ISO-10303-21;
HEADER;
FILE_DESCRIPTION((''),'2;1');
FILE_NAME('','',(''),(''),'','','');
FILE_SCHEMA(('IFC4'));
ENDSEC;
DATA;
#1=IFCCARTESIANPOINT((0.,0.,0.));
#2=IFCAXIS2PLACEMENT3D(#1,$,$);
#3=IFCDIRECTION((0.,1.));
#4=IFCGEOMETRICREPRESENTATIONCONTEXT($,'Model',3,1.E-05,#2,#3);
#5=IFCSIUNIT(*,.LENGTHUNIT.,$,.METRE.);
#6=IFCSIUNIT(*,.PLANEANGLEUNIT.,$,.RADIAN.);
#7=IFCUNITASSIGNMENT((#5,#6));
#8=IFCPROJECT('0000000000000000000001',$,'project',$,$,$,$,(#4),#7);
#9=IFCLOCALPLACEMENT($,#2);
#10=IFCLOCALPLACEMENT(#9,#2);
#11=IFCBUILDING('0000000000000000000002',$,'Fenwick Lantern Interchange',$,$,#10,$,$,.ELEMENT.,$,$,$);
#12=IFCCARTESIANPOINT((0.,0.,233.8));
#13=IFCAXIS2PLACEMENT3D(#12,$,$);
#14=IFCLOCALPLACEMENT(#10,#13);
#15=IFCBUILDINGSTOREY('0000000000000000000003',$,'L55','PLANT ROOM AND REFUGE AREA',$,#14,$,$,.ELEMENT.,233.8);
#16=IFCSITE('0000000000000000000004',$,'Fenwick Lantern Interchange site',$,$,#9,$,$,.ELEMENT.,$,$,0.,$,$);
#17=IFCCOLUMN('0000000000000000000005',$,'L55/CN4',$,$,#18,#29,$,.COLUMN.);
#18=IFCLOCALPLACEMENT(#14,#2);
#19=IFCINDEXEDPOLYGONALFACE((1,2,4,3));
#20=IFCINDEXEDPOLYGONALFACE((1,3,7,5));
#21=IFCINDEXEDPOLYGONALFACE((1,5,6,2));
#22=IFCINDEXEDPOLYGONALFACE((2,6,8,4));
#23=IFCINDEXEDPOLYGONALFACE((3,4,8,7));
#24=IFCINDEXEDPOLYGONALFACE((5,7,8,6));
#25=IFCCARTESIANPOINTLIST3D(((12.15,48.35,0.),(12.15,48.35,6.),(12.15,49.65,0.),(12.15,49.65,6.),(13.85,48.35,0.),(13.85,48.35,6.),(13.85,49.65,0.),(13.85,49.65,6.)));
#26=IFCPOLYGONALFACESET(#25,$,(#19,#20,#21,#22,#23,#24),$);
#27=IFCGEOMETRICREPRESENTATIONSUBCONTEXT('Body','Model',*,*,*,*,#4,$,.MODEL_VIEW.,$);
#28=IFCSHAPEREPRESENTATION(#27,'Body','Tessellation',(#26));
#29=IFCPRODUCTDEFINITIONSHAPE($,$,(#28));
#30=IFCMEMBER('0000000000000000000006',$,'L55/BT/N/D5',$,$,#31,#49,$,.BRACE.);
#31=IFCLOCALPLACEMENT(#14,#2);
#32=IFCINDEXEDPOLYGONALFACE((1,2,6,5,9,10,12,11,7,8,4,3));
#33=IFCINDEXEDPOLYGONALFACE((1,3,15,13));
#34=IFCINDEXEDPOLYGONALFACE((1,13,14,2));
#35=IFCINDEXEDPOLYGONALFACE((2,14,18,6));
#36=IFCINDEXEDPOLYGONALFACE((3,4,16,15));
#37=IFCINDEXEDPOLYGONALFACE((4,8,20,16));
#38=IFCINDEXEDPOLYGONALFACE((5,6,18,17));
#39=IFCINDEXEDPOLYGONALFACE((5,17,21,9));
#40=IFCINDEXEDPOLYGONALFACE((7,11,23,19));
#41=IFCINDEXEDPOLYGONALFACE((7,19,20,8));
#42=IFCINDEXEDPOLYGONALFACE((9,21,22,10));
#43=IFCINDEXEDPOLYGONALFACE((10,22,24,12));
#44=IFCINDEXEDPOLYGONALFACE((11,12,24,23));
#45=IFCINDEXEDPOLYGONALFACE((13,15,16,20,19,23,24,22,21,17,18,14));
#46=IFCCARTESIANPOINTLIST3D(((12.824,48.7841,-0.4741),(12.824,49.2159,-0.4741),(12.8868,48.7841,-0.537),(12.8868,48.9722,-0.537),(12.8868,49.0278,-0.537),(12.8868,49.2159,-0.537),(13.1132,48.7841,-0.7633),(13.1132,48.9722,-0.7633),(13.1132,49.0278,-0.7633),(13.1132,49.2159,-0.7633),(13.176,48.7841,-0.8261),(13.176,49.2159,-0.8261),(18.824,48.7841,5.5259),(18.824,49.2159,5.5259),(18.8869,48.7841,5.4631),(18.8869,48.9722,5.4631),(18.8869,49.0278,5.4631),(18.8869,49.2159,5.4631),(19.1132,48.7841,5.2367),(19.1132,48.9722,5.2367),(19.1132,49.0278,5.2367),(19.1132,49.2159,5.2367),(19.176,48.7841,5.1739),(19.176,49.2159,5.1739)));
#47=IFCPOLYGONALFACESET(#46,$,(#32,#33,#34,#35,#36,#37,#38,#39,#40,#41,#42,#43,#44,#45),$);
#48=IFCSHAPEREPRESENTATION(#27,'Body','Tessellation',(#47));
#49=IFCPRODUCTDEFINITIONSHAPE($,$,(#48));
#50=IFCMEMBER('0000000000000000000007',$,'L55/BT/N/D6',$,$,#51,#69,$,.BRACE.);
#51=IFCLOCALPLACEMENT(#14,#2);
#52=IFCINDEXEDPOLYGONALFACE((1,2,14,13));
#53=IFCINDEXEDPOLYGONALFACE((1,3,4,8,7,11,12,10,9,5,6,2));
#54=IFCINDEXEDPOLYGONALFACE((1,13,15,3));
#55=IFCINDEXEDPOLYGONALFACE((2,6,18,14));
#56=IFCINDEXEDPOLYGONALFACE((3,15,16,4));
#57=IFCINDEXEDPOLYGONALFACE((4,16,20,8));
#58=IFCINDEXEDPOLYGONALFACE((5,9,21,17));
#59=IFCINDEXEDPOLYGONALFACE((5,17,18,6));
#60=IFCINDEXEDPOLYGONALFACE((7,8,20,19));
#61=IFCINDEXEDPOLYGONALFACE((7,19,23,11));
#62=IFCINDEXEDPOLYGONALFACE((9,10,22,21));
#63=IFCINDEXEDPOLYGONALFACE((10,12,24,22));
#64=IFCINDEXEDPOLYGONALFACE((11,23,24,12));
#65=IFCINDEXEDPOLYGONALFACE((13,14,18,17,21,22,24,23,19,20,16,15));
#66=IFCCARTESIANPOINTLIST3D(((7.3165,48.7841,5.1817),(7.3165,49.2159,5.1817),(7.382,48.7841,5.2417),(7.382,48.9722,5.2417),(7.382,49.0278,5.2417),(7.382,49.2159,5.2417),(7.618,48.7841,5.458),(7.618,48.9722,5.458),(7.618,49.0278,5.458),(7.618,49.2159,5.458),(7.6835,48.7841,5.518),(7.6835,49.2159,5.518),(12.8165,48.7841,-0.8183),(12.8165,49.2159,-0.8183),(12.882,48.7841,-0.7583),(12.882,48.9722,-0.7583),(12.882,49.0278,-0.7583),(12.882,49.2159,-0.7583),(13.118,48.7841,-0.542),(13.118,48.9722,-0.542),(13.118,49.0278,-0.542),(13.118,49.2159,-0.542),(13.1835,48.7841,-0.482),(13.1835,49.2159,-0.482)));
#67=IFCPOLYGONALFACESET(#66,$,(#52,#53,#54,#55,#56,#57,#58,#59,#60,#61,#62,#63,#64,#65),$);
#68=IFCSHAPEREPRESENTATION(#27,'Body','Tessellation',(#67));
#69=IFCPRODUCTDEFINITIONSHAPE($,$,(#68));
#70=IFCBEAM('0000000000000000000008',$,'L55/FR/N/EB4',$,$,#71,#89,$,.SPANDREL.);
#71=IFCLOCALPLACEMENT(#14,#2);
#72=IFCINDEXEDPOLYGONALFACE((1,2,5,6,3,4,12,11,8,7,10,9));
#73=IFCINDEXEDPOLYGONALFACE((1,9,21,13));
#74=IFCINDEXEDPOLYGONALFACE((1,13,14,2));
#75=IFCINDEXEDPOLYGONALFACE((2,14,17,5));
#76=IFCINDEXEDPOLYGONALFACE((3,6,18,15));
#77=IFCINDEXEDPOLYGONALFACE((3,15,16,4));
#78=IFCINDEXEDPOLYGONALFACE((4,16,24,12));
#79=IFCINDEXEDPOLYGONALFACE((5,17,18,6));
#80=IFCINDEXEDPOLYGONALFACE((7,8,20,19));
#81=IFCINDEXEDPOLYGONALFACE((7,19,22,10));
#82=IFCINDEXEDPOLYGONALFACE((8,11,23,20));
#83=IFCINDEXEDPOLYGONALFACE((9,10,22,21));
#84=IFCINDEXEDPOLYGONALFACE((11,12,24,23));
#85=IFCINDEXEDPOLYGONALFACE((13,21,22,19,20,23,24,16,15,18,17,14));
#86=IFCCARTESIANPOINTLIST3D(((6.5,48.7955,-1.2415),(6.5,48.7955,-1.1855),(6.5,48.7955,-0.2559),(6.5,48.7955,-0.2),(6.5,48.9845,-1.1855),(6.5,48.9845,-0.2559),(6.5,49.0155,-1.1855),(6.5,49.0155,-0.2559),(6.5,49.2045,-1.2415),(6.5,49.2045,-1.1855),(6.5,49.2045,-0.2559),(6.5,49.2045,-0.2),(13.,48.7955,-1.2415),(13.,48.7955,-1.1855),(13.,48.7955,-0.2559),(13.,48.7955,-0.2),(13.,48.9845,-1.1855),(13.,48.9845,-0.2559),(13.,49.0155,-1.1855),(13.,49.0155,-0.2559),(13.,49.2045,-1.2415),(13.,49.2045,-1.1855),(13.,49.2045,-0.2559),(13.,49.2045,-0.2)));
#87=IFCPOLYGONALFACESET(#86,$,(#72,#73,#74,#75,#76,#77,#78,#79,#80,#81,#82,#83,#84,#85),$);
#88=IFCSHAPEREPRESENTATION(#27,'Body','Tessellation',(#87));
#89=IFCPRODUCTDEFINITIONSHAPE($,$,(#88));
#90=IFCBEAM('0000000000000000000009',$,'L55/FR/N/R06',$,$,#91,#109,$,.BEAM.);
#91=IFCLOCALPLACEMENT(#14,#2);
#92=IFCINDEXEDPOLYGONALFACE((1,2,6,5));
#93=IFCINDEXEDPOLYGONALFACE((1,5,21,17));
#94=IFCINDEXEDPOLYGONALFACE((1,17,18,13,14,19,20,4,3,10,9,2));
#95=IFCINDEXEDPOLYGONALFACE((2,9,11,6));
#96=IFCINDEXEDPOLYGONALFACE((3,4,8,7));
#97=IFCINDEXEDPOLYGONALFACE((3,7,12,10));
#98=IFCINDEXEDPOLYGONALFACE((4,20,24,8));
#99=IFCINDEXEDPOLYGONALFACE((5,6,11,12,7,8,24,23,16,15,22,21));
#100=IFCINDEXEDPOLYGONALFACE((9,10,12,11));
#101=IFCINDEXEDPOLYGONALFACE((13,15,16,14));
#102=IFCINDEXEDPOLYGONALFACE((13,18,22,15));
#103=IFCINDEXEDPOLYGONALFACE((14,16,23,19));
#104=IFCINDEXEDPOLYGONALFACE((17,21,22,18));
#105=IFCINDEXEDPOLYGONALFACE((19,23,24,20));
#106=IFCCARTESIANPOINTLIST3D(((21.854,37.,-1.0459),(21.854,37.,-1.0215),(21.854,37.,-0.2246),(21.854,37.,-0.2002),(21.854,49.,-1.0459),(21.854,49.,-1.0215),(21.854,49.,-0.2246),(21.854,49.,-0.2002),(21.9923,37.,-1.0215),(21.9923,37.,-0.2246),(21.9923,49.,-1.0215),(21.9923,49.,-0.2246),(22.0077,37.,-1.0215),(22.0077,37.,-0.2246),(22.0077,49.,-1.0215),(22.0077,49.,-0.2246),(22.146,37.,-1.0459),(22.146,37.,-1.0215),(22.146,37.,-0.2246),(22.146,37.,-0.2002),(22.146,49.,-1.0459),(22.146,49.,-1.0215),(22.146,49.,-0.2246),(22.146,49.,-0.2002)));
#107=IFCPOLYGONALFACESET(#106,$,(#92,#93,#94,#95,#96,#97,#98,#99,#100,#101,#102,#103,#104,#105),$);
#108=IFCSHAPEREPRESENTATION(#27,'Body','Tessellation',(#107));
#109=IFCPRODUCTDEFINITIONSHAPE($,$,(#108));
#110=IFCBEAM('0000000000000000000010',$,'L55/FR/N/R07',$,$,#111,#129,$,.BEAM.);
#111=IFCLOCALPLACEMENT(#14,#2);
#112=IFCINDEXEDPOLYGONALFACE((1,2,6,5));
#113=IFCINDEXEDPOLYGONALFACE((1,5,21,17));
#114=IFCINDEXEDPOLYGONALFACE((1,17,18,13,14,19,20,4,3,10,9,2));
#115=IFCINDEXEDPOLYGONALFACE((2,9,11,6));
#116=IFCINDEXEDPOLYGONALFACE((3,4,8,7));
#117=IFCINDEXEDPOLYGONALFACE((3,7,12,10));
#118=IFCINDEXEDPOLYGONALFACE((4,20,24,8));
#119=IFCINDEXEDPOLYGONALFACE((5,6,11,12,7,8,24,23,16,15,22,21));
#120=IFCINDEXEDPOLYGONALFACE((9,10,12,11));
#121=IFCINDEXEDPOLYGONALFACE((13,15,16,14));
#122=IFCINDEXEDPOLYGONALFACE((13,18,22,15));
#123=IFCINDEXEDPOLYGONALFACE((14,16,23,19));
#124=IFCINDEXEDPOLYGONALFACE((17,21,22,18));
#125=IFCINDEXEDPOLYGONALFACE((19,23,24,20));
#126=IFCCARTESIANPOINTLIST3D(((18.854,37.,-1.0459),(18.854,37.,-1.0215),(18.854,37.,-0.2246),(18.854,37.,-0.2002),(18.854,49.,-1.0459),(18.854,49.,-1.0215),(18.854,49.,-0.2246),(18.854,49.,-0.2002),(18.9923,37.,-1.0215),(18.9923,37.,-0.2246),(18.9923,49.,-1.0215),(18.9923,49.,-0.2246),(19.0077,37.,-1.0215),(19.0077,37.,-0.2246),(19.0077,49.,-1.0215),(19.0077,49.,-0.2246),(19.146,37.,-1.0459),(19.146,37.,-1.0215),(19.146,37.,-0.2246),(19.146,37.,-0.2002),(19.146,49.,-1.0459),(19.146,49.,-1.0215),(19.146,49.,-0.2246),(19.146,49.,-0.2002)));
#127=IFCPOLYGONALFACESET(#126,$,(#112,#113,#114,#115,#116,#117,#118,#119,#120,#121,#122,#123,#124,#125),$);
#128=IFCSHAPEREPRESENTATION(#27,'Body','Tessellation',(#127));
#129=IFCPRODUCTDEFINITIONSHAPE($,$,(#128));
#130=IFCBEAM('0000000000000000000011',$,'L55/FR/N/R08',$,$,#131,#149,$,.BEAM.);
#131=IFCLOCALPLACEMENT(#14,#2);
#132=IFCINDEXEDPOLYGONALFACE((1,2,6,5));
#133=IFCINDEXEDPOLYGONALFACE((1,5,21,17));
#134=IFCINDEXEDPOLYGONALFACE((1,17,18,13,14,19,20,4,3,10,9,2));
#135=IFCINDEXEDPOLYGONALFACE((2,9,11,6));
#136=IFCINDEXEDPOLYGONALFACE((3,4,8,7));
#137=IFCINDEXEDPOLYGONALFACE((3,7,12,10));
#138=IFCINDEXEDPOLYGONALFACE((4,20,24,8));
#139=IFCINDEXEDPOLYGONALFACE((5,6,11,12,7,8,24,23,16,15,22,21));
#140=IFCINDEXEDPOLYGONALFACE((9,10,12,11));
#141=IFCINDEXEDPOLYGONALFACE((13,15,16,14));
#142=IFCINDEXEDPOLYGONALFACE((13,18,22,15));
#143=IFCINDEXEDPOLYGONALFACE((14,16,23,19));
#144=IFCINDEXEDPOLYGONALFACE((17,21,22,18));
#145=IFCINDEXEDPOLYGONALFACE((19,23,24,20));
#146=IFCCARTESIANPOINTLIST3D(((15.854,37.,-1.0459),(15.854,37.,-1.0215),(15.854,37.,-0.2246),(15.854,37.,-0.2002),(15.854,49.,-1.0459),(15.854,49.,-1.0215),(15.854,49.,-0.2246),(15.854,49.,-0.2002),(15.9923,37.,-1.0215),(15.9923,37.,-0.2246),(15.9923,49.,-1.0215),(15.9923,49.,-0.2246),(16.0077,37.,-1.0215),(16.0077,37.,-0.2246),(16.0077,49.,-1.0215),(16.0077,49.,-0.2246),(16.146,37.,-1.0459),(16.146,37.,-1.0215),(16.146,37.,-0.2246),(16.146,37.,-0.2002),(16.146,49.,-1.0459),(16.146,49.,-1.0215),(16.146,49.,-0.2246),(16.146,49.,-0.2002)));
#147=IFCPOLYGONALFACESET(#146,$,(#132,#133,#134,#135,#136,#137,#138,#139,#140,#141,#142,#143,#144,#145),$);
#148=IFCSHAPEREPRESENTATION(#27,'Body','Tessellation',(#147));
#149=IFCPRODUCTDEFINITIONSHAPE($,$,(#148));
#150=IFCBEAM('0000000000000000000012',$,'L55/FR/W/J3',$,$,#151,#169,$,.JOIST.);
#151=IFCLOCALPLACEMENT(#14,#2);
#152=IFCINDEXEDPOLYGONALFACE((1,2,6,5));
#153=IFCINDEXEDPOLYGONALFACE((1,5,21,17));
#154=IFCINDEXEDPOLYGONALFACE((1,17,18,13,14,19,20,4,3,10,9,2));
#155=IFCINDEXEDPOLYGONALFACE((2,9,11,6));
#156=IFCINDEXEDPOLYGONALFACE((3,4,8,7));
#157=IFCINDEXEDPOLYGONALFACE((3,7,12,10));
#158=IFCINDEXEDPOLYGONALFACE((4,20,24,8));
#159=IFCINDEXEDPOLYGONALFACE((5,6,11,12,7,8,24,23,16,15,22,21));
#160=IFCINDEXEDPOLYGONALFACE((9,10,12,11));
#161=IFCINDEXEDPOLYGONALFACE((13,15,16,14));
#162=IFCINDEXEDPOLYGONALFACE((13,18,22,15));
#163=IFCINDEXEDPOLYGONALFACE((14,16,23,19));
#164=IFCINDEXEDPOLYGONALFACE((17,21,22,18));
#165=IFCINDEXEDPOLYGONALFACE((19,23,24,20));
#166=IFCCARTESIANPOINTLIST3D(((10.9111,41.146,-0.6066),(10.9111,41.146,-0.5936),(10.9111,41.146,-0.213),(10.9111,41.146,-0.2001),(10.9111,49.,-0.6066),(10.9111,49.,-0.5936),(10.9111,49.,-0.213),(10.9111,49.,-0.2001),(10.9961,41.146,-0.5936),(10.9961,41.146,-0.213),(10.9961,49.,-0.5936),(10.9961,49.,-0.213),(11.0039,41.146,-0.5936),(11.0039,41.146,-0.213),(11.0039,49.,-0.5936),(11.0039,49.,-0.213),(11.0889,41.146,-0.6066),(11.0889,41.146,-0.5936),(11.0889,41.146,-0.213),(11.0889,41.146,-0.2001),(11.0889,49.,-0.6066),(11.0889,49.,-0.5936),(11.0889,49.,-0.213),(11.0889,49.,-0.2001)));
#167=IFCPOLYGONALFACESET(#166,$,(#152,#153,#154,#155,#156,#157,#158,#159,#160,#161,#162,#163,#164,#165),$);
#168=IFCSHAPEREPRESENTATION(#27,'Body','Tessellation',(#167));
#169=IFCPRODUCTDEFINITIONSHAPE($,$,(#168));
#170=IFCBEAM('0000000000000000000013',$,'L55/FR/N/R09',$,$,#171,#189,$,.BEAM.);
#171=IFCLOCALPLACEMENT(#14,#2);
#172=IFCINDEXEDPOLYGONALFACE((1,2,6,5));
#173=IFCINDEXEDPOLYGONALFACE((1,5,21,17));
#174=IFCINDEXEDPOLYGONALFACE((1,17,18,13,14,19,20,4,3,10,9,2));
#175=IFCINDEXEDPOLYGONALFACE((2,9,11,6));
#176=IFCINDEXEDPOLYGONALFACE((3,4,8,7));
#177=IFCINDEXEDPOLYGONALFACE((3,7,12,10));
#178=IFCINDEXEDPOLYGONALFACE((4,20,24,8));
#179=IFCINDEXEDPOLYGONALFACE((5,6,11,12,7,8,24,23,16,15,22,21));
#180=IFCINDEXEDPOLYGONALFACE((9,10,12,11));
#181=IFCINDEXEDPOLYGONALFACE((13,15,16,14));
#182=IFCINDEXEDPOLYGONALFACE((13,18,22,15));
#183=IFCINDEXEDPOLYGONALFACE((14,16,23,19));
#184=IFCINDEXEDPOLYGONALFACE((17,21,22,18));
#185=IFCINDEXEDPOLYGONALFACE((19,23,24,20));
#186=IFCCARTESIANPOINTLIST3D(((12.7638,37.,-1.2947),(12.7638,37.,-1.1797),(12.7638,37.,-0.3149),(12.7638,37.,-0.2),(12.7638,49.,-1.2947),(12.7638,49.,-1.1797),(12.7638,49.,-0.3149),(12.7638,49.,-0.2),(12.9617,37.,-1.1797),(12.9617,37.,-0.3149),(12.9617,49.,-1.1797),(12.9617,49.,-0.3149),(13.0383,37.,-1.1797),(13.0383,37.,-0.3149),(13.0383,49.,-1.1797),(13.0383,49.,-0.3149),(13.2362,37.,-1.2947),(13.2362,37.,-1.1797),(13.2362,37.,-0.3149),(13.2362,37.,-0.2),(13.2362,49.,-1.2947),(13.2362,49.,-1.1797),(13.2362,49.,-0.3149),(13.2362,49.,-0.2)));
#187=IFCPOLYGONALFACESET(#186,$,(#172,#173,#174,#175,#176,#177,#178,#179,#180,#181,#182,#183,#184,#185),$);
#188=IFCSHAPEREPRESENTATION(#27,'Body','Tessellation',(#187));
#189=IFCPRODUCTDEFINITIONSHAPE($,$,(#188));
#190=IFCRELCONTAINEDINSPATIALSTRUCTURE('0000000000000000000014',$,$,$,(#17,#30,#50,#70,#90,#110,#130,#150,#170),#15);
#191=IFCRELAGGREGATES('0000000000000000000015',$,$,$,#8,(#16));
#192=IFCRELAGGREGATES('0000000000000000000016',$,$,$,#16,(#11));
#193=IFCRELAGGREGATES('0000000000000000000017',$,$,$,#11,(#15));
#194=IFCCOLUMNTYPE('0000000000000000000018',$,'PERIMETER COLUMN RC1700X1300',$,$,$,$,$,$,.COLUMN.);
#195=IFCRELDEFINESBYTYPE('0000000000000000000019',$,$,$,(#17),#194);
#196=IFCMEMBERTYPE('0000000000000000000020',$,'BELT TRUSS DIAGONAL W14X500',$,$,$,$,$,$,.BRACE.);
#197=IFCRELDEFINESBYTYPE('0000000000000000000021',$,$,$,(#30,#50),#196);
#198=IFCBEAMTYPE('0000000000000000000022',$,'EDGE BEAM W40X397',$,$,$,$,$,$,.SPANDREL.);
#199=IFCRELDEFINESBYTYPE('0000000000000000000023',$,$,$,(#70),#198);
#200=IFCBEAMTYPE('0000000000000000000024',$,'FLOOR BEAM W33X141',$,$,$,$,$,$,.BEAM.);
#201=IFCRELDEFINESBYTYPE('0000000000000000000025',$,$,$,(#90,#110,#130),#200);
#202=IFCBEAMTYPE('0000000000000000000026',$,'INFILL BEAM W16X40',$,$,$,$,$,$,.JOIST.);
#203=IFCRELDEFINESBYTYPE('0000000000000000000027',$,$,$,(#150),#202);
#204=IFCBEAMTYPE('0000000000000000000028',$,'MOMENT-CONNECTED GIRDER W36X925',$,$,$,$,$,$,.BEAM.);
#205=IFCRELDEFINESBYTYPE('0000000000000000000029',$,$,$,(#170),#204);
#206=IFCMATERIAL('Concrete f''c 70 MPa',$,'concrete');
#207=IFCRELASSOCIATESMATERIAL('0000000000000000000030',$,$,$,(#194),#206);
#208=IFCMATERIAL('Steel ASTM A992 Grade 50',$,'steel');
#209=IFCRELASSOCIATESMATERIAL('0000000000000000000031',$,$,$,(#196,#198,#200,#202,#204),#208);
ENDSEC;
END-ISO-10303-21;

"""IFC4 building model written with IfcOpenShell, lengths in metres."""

from ifc_helpers import new_model, si_unit, direction, frame, origin, origin_2d, place, context, subcontext, project, spatial, rectangle, i_section, extrude, material, material_profile, profile_set, type_object, element, save


model = new_model("IFC4")

# Units and contexts
model_context = context("Model", 3, precision=1e-05, world=origin(), true_north=direction((0.0, 1.0)))
body_context = subcontext(model_context, "Body", "Model", "MODEL_VIEW")
ifc_project = project(units=[si_unit("LENGTHUNIT", "METRE"), si_unit("PLANEANGLEUNIT", "RADIAN")], contexts=[model_context])

# Site, building, storey
site_placement = place(None, origin())
site = spatial("IfcSite", under=ifc_project, at=site_placement, Name="Fenwick Lantern Interchange site", CompositionType="ELEMENT", RefElevation=0.0)
building_placement = place(site_placement, origin())
building = spatial("IfcBuilding", under=site, at=building_placement, Name="Fenwick Lantern Interchange", CompositionType="ELEMENT")
storey_placement = place(building_placement, frame((0.0, 0.0, 233.8)))
storey = spatial("IfcBuildingStorey", under=building, at=storey_placement, Name="L55", Description="PLANT ROOM AND REFUGE AREA", CompositionType="ELEMENT", Elevation=233.8)

# Column
ifc_material_1 = material(Name="Concrete f'c 70 MPa", Category="concrete")
ifc_material_profile_1 = material_profile(ifc_material_1, rectangle(XDim=1.7, YDim=1.3, at=origin_2d()), Name="RC1700X1300")
ifc_profile_set_1 = profile_set([ifc_material_profile_1], Name="Concrete f'c 70 MPa")
column_type = type_object("IfcColumnType", Name="PERIMETER COLUMN RC1700X1300", PredefinedType="COLUMN", material=ifc_profile_set_1)
column_placement = place(storey_placement, frame((13.0, 49.0, 0.0), z_axis=(0.0, 0.0, 1.0), x_axis=(1.0, 0.0, 0.0)))
element("IfcColumn", 1, at=column_placement, inside=storey, type_object=column_type, Name="L55/CN4", PredefinedType="COLUMN", context=body_context, shape_type="SweptSolid", body=[
    extrude(rectangle(XDim=1.7, YDim=1.3, at=origin_2d()), origin(), (0.0, 0.0, 1.0), 6.0),
])

# Members
ifc_material_2 = material(Name="Steel ASTM A992 Grade 50", Category="steel")
ifc_material_profile_2 = material_profile(ifc_material_2, i_section(OverallWidth=0.4319, OverallDepth=0.4978, WebThickness=0.0557, FlangeThickness=0.0889, at=origin_2d()), Name="W14X500")
ifc_profile_set_2 = profile_set([ifc_material_profile_2], Name="Steel ASTM A992 Grade 50")
member_type_1 = type_object("IfcMemberType", Name="BELT TRUSS DIAGONAL W14X500", PredefinedType="BRACE", material=ifc_profile_set_2)
member_1_placement = place(storey_placement, frame((13.0, 49.0, -0.6501), z_axis=(0.707107, 0.0, 0.707107), x_axis=(0.0, 1.0, 0.0)))
element("IfcMember", 2, at=member_1_placement, inside=storey, type_object=member_type_1, Name="L55/BT/N/D5", PredefinedType="BRACE", context=body_context, shape_type="SweptSolid", body=[
    extrude(i_section(OverallWidth=0.4319, OverallDepth=0.4978, WebThickness=0.0557, FlangeThickness=0.0889, at=origin_2d()), origin(), (0.0, 0.0, 1.0), 8.4854),
])
member_2_placement = place(storey_placement, frame((13.0, 49.0, -0.6501), z_axis=(-0.675725, 0.0, 0.737154), x_axis=(0.0, -1.0, 0.0)))
element("IfcMember", 3, at=member_2_placement, inside=storey, type_object=member_type_1, Name="L55/BT/N/D6", PredefinedType="BRACE", context=body_context, shape_type="SweptSolid", body=[
    extrude(i_section(OverallWidth=0.4319, OverallDepth=0.4978, WebThickness=0.0557, FlangeThickness=0.0889, at=origin_2d()), origin(), (0.0, 0.0, 1.0), 8.1394),
])

# Beams
ifc_material_profile_3 = material_profile(ifc_material_2, i_section(OverallWidth=0.4089, OverallDepth=1.0415, WebThickness=0.031, FlangeThickness=0.0559, at=origin_2d()), Name="W40X397")
ifc_profile_set_3 = profile_set([ifc_material_profile_3], Name="Steel ASTM A992 Grade 50")
beam_type_1 = type_object("IfcBeamType", Name="EDGE BEAM W40X397", PredefinedType="SPANDREL", material=ifc_profile_set_3)
beam_1_placement = place(storey_placement, frame((13.0, 49.0, -0.7207), z_axis=(-1.0, 0.0, 0.0), x_axis=(0.0, -1.0, 0.0)))
element("IfcBeam", 4, at=beam_1_placement, inside=storey, type_object=beam_type_1, Name="L55/FR/N/EB4", PredefinedType="SPANDREL", context=body_context, shape_type="SweptSolid", body=[
    extrude(i_section(OverallWidth=0.4089, OverallDepth=1.0415, WebThickness=0.031, FlangeThickness=0.0559, at=origin_2d()), origin(), (0.0, 0.0, 1.0), 6.5),
])
ifc_material_profile_4 = material_profile(ifc_material_2, i_section(OverallWidth=0.292, OverallDepth=0.8457, WebThickness=0.0154, FlangeThickness=0.0244, at=origin_2d()), Name="W33X141")
ifc_profile_set_4 = profile_set([ifc_material_profile_4], Name="Steel ASTM A992 Grade 50")
beam_type_2 = type_object("IfcBeamType", Name="FLOOR BEAM W33X141", PredefinedType="BEAM", material=ifc_profile_set_4)
for number, where, z_axis, x_axis, name in (
    (5, (22.0, 49.0, -0.623), (0.0, -1.0, 0.0), (1.0, 0.0, 0.0), "L55/FR/N/R06"),
    (6, (19.0, 49.0, -0.623), (0.0, -1.0, 0.0), (1.0, 0.0, 0.0), "L55/FR/N/R07"),
    (7, (16.0, 49.0, -0.623), (0.0, -1.0, 0.0), (1.0, 0.0, 0.0), "L55/FR/N/R08"),
):
    element("IfcBeam", number, at=place(storey_placement, frame(where, z_axis=z_axis, x_axis=x_axis)), inside=storey, type_object=beam_type_2, Name=name, PredefinedType="BEAM", context=body_context, shape_type="SweptSolid", body=[
        extrude(i_section(OverallWidth=0.292, OverallDepth=0.8457, WebThickness=0.0154, FlangeThickness=0.0244, at=origin_2d()), origin(), (0.0, 0.0, 1.0), 12.0),
    ])
ifc_material_profile_5 = material_profile(ifc_material_2, i_section(OverallWidth=0.1777, OverallDepth=0.4065, WebThickness=0.0078, FlangeThickness=0.0129, at=origin_2d()), Name="W16X40")
ifc_profile_set_5 = profile_set([ifc_material_profile_5], Name="Steel ASTM A992 Grade 50")
beam_type_3 = type_object("IfcBeamType", Name="INFILL BEAM W16X40", PredefinedType="JOIST", material=ifc_profile_set_5)
beam_2_placement = place(storey_placement, frame((11.0, 49.0, -0.4033), z_axis=(0.0, -1.0, 0.0), x_axis=(1.0, 0.0, 0.0)))
element("IfcBeam", 8, at=beam_2_placement, inside=storey, type_object=beam_type_3, Name="L55/FR/W/J3", PredefinedType="JOIST", context=body_context, shape_type="SweptSolid", body=[
    extrude(i_section(OverallWidth=0.1777, OverallDepth=0.4065, WebThickness=0.0078, FlangeThickness=0.0129, at=origin_2d()), origin(), (0.0, 0.0, 1.0), 7.854),
])
ifc_material_profile_6 = material_profile(ifc_material_2, i_section(OverallWidth=0.4724, OverallDepth=1.0947, WebThickness=0.0767, FlangeThickness=0.115, at=origin_2d()), Name="W36X925")
ifc_profile_set_6 = profile_set([ifc_material_profile_6], Name="Steel ASTM A992 Grade 50")
beam_type_4 = type_object("IfcBeamType", Name="MOMENT-CONNECTED GIRDER W36X925", PredefinedType="BEAM", material=ifc_profile_set_6)
beam_3_placement = place(storey_placement, frame((13.0, 49.0, -0.7473), z_axis=(0.0, -1.0, 0.0), x_axis=(1.0, 0.0, 0.0)))
element("IfcBeam", 9, at=beam_3_placement, inside=storey, type_object=beam_type_4, Name="L55/FR/N/R09", PredefinedType="BEAM", context=body_context, shape_type="SweptSolid", body=[
    extrude(i_section(OverallWidth=0.4724, OverallDepth=1.0947, WebThickness=0.0767, FlangeThickness=0.115, at=origin_2d()), origin(), (0.0, 0.0, 1.0), 12.0),
])

save(model, "model.ifc")
